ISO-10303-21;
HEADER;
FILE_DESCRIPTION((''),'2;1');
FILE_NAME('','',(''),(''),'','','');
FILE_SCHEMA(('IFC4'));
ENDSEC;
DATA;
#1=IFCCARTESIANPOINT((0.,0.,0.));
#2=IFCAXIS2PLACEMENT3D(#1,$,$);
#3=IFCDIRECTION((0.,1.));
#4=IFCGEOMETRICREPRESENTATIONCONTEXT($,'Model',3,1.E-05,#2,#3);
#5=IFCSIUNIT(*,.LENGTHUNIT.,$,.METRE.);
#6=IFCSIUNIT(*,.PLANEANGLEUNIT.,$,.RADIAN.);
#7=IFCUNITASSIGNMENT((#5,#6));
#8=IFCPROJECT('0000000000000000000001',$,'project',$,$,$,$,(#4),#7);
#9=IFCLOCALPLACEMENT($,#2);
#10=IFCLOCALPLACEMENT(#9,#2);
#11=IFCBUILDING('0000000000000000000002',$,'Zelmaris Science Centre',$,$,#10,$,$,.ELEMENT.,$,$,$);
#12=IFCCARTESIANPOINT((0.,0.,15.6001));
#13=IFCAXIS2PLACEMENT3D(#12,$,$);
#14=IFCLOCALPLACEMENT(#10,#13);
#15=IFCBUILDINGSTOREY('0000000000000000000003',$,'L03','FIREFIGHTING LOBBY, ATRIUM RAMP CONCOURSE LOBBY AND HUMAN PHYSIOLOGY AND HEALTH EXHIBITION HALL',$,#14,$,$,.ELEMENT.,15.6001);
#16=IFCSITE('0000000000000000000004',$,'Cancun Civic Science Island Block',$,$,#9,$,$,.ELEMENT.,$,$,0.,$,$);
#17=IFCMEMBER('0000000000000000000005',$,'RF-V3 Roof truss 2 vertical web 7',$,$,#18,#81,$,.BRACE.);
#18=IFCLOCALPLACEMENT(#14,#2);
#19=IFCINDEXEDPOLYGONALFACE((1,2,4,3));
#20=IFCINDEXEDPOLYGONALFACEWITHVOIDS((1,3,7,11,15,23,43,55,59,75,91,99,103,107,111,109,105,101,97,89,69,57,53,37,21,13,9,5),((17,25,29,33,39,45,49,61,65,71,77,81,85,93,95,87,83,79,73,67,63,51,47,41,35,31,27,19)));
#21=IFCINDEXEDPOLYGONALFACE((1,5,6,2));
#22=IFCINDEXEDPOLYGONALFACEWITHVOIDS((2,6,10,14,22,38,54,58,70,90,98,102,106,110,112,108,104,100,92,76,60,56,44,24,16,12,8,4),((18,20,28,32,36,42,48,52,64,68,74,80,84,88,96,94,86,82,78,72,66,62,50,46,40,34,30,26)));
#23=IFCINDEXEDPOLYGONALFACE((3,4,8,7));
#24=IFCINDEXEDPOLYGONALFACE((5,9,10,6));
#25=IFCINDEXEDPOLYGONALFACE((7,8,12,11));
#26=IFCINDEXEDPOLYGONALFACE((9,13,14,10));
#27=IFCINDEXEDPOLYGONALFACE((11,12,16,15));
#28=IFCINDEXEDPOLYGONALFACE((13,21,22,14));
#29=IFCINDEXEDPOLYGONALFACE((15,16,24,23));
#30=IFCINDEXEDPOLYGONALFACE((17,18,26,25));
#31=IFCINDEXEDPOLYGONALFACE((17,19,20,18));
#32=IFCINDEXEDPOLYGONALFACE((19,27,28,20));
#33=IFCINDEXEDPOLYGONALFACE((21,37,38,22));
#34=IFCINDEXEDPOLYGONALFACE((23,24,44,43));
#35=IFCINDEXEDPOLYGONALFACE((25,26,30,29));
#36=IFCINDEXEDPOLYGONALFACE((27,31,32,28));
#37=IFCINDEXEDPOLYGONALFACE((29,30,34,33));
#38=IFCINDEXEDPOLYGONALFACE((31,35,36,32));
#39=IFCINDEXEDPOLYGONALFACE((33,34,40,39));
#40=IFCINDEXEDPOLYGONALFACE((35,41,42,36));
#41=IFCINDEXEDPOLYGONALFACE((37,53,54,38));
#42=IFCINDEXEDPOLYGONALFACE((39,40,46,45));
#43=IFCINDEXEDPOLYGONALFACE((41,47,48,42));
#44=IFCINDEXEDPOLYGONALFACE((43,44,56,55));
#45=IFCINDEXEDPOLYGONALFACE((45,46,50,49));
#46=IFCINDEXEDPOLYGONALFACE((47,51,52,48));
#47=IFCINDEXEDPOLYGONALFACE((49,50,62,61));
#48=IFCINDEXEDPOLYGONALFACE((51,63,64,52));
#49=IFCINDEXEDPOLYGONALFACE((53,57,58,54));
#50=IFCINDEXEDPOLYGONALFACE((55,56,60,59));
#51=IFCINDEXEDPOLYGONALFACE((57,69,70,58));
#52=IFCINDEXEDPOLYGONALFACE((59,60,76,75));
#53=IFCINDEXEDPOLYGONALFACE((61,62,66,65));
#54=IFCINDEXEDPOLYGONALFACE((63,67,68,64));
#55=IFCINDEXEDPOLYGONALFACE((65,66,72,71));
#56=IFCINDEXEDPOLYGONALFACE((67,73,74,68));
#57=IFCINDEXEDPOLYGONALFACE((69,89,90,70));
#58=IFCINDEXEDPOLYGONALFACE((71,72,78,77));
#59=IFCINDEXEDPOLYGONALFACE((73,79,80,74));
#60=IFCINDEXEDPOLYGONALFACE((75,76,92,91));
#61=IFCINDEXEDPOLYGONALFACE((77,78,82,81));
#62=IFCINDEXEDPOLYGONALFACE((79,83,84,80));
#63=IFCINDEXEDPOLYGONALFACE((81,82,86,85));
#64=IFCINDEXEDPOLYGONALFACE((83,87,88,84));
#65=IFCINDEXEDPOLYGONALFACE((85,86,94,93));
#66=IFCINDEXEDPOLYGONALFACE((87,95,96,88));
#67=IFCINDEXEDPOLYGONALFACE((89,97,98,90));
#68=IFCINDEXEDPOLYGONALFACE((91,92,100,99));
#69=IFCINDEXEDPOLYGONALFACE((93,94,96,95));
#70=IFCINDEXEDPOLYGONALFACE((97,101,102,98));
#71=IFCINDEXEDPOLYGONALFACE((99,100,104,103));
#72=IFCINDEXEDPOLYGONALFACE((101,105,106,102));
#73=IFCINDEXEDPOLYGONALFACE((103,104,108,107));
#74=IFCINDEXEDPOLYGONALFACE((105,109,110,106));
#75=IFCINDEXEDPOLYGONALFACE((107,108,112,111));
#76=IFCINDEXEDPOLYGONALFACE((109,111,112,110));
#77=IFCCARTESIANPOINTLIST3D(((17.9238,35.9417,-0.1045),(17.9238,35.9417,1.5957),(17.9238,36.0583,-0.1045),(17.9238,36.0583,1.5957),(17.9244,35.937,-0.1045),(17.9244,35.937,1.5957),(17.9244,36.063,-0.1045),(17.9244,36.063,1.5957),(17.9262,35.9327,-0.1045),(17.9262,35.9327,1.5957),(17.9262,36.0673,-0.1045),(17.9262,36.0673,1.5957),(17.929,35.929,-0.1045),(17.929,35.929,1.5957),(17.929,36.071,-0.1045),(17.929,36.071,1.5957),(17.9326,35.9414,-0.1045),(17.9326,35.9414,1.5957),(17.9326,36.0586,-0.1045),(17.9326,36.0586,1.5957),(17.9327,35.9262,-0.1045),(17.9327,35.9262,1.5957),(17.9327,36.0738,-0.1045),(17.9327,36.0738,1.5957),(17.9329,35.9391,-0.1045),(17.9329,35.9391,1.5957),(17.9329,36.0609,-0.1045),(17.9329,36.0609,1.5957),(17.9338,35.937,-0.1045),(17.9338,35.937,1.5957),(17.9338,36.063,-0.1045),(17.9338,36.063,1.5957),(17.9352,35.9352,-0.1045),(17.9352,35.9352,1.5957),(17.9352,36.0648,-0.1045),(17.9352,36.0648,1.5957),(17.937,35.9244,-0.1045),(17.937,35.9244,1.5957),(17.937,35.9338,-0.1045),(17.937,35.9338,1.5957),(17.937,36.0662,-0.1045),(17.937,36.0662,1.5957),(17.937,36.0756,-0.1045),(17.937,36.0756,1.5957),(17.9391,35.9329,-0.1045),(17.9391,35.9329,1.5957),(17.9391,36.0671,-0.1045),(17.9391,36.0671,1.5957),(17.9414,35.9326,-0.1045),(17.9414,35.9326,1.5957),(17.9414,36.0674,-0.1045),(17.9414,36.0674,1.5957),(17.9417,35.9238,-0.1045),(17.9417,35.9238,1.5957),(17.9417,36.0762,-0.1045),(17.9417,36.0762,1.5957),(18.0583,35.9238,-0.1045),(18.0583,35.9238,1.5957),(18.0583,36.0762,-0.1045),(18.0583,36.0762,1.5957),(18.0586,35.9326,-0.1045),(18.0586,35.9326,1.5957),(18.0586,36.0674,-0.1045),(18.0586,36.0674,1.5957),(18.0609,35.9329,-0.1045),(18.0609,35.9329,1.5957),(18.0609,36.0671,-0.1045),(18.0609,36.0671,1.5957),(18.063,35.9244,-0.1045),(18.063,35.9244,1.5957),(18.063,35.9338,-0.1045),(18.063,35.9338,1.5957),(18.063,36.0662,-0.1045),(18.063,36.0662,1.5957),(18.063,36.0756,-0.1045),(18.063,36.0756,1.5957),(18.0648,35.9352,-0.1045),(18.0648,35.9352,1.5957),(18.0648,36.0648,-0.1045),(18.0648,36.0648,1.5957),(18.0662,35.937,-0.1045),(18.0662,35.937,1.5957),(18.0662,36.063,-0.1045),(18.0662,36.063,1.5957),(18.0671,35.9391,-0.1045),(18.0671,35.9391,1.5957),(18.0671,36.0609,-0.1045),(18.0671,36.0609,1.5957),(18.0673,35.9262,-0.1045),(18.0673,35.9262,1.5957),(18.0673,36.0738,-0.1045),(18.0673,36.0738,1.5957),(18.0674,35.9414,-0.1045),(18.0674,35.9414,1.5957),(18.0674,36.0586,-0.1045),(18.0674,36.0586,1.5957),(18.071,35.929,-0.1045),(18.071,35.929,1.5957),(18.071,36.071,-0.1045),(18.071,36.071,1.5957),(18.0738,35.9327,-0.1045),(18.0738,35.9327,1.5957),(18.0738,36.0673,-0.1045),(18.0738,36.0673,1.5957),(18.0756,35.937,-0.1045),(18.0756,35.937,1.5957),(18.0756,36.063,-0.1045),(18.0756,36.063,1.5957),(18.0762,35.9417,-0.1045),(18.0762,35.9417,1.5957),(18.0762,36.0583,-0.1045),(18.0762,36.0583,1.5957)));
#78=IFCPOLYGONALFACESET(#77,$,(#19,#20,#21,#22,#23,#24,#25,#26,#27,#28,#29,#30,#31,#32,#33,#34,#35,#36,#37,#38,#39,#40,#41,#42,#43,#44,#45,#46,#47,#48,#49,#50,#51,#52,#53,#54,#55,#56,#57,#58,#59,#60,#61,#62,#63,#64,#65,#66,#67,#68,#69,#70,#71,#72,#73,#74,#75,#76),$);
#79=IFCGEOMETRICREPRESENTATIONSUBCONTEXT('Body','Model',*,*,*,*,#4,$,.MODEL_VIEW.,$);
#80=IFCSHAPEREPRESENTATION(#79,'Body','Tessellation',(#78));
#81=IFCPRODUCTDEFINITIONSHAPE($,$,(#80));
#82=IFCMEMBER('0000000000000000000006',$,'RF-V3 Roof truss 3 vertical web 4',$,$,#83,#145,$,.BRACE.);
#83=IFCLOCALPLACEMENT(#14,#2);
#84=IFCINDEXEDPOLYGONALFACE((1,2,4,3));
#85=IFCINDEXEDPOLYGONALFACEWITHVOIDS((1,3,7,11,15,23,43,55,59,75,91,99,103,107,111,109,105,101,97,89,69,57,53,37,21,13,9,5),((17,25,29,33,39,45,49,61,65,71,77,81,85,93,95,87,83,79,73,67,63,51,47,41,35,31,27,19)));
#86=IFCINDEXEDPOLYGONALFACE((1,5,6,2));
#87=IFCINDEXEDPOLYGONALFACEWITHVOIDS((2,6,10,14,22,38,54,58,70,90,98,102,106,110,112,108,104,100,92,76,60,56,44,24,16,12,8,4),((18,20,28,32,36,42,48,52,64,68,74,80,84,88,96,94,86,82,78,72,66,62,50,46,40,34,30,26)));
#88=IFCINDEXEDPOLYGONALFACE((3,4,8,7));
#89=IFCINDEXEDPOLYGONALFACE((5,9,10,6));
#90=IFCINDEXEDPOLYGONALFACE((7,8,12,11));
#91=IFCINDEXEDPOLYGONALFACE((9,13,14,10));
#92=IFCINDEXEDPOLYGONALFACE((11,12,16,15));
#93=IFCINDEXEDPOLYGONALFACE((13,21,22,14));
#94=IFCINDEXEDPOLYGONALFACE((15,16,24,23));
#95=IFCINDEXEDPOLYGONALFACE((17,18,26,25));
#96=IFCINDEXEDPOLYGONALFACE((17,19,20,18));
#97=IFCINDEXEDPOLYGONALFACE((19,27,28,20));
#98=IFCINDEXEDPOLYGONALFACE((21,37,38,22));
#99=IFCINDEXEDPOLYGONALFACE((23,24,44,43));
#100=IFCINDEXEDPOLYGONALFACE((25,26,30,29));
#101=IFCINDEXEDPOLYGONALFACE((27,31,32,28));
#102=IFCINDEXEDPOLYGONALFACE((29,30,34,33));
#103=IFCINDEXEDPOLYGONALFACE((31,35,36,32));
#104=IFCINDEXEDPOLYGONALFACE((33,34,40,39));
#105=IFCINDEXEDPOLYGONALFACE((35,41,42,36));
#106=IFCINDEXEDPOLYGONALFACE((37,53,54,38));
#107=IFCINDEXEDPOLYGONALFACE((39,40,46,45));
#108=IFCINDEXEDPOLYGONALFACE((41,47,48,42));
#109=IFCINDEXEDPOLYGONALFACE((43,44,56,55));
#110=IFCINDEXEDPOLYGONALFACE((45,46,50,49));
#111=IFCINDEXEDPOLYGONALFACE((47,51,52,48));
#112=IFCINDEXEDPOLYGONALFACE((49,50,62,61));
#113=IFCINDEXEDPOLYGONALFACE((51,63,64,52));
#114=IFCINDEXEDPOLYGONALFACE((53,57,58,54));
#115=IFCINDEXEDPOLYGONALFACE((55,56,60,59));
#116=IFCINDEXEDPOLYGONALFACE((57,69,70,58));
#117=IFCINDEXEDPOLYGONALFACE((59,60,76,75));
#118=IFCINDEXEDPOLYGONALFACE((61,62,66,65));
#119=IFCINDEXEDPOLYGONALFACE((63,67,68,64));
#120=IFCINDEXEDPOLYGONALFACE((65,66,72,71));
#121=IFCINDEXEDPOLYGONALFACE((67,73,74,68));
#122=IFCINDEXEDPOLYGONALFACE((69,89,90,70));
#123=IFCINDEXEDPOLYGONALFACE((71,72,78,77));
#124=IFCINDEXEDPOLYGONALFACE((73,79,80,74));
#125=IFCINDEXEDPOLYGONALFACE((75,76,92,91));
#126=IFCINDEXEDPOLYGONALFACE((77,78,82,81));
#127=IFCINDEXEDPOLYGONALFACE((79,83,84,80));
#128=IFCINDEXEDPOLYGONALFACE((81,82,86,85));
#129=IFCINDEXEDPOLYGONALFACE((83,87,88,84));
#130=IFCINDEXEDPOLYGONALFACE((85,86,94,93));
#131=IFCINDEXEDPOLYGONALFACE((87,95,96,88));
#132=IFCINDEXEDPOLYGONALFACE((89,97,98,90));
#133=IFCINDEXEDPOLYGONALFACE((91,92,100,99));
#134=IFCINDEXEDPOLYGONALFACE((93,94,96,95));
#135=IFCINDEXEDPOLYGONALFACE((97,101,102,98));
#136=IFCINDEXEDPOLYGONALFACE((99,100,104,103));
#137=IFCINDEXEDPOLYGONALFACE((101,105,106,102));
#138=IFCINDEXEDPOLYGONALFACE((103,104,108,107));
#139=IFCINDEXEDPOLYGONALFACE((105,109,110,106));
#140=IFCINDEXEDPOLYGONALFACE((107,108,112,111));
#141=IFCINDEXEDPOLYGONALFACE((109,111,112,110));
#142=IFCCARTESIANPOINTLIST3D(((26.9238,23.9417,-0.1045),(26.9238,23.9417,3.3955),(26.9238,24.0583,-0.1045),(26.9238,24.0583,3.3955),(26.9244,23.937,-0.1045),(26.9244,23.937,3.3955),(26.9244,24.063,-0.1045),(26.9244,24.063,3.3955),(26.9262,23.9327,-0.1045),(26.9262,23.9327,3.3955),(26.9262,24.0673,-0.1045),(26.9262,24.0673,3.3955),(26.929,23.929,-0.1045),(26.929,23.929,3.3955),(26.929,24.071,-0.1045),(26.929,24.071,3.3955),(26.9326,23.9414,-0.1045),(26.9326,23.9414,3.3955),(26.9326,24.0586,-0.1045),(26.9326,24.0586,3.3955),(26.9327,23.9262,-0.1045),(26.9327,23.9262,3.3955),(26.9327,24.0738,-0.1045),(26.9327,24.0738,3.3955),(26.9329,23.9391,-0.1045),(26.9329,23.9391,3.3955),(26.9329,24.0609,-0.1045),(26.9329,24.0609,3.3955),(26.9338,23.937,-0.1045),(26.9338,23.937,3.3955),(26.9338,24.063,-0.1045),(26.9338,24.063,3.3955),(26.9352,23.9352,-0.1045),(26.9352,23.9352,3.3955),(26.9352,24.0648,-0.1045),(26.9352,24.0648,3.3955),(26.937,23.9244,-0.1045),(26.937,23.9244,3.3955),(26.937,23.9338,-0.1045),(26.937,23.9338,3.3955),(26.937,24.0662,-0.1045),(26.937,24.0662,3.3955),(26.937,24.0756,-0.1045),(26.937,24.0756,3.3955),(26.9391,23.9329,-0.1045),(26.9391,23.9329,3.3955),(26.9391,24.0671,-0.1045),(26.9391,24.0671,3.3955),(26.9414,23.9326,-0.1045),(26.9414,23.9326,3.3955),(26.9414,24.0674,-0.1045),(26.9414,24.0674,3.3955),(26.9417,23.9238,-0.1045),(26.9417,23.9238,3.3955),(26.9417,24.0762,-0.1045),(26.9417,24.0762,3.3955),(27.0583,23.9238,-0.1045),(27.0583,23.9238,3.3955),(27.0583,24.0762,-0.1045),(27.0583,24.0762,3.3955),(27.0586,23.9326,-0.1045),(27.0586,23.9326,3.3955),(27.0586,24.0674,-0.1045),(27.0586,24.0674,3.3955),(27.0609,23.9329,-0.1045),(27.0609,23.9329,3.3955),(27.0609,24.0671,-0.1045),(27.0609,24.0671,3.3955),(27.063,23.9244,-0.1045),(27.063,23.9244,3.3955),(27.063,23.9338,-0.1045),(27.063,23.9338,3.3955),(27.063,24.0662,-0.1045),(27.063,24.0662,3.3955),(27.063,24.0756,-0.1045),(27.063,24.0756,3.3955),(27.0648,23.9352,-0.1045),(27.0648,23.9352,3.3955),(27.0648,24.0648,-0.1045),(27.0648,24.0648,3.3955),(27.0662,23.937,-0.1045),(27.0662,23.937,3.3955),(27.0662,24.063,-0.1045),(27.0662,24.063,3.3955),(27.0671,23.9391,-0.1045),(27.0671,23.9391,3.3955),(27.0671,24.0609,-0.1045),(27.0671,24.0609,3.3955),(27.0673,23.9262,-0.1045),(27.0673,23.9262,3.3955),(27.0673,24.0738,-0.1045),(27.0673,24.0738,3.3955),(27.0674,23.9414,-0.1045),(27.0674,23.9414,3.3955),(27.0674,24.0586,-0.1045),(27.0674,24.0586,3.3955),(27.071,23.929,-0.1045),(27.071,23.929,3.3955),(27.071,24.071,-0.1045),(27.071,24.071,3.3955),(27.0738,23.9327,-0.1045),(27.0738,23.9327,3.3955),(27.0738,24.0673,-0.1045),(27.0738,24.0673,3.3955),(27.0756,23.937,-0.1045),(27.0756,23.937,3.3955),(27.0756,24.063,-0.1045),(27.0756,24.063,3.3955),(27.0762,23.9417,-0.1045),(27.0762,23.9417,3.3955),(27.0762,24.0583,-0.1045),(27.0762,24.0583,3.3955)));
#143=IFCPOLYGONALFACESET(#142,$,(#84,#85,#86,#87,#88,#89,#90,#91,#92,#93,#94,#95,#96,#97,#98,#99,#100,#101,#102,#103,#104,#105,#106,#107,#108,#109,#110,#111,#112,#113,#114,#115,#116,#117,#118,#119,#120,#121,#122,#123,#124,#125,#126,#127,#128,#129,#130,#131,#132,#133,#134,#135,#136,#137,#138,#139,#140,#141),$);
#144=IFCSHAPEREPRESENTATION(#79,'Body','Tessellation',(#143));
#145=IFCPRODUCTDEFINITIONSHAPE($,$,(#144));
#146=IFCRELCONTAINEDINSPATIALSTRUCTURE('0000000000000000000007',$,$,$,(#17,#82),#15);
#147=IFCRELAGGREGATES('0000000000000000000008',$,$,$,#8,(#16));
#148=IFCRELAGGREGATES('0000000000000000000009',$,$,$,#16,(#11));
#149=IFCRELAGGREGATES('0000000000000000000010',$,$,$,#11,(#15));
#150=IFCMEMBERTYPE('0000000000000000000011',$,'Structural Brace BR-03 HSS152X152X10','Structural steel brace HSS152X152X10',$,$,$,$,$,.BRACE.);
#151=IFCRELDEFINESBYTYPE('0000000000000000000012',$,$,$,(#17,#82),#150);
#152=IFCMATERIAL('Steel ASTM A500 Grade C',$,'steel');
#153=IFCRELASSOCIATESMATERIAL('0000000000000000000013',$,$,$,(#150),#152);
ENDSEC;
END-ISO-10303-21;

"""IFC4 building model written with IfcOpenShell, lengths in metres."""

from ifc_helpers import new_model, si_unit, direction, frame, origin, origin_2d, place, context, subcontext, project, spatial, hollow_rectangle, extrude, material, material_profile, profile_set, type_object, element, save


model = new_model("IFC4")

# Units and contexts
model_context = context("Model", 3, precision=1e-05, world=origin(), true_north=direction((0.0, 1.0)))
body_context = subcontext(model_context, "Body", "Model", "MODEL_VIEW")
ifc_project = project(units=[si_unit("LENGTHUNIT", "METRE"), si_unit("PLANEANGLEUNIT", "RADIAN")], contexts=[model_context])

# Site, building, storey
site_placement = place(None, origin())
site = spatial("IfcSite", under=ifc_project, at=site_placement, Name="Cancun Civic Science Island Block", CompositionType="ELEMENT", RefElevation=0.0)
building_placement = place(site_placement, origin())
building = spatial("IfcBuilding", under=site, at=building_placement, Name="Zelmaris Science Centre", CompositionType="ELEMENT")
storey_placement = place(building_placement, frame((0.0, 0.0, 15.6001)))
storey = spatial("IfcBuildingStorey", under=building, at=storey_placement, Name="L03", Description="FIREFIGHTING LOBBY, ATRIUM RAMP CONCOURSE LOBBY AND HUMAN PHYSIOLOGY AND HEALTH EXHIBITION HALL", CompositionType="ELEMENT", Elevation=15.6001)

# Shared definitions
ifc_material_1 = material(Name="Steel ASTM A500 Grade C", Category="steel")

# Members
ifc_material_profile_1 = material_profile(ifc_material_1, hollow_rectangle(XDim=0.1523, YDim=0.1523, WallThickness=0.0088, InnerFilletRadius=0.0088, OuterFilletRadius=0.0178, at=origin_2d()), Name="HSS152X152X10")
ifc_profile_set_1 = profile_set([ifc_material_profile_1], Name="Steel ASTM A500 Grade C")
member_type_1 = type_object("IfcMemberType", Name="Structural Brace BR-03 HSS152X152X10", Description="Structural steel brace HSS152X152X10", PredefinedType="BRACE", material=ifc_profile_set_1)
member_1_placement = place(storey_placement, frame((18.0, 36.0, -0.1045), z_axis=(0.0, 0.0, 1.0), x_axis=(1.0, 0.0, 0.0)))
element("IfcMember", 1, at=member_1_placement, inside=storey, type_object=member_type_1, Name="RF-V3 Roof truss 2 vertical web 7", PredefinedType="BRACE", context=body_context, shape_type="SweptSolid", body=[
    extrude(hollow_rectangle(XDim=0.1523, YDim=0.1523, WallThickness=0.0088, InnerFilletRadius=0.0088, OuterFilletRadius=0.0178, at=origin_2d()), origin(), (0.0, 0.0, 1.0), 1.7002),
])
member_2_placement = place(storey_placement, frame((27.0, 24.0, -0.1045), z_axis=(0.0, 0.0, 1.0), x_axis=(1.0, 0.0, 0.0)))
element("IfcMember", 2, at=member_2_placement, inside=storey, type_object=member_type_1, Name="RF-V3 Roof truss 3 vertical web 4", PredefinedType="BRACE", context=body_context, shape_type="SweptSolid", body=[
    extrude(hollow_rectangle(XDim=0.1523, YDim=0.1523, WallThickness=0.0088, InnerFilletRadius=0.0088, OuterFilletRadius=0.0178, at=origin_2d()), origin(), (0.0, 0.0, 1.0), 3.5),
])

save(model, "model.ifc")
